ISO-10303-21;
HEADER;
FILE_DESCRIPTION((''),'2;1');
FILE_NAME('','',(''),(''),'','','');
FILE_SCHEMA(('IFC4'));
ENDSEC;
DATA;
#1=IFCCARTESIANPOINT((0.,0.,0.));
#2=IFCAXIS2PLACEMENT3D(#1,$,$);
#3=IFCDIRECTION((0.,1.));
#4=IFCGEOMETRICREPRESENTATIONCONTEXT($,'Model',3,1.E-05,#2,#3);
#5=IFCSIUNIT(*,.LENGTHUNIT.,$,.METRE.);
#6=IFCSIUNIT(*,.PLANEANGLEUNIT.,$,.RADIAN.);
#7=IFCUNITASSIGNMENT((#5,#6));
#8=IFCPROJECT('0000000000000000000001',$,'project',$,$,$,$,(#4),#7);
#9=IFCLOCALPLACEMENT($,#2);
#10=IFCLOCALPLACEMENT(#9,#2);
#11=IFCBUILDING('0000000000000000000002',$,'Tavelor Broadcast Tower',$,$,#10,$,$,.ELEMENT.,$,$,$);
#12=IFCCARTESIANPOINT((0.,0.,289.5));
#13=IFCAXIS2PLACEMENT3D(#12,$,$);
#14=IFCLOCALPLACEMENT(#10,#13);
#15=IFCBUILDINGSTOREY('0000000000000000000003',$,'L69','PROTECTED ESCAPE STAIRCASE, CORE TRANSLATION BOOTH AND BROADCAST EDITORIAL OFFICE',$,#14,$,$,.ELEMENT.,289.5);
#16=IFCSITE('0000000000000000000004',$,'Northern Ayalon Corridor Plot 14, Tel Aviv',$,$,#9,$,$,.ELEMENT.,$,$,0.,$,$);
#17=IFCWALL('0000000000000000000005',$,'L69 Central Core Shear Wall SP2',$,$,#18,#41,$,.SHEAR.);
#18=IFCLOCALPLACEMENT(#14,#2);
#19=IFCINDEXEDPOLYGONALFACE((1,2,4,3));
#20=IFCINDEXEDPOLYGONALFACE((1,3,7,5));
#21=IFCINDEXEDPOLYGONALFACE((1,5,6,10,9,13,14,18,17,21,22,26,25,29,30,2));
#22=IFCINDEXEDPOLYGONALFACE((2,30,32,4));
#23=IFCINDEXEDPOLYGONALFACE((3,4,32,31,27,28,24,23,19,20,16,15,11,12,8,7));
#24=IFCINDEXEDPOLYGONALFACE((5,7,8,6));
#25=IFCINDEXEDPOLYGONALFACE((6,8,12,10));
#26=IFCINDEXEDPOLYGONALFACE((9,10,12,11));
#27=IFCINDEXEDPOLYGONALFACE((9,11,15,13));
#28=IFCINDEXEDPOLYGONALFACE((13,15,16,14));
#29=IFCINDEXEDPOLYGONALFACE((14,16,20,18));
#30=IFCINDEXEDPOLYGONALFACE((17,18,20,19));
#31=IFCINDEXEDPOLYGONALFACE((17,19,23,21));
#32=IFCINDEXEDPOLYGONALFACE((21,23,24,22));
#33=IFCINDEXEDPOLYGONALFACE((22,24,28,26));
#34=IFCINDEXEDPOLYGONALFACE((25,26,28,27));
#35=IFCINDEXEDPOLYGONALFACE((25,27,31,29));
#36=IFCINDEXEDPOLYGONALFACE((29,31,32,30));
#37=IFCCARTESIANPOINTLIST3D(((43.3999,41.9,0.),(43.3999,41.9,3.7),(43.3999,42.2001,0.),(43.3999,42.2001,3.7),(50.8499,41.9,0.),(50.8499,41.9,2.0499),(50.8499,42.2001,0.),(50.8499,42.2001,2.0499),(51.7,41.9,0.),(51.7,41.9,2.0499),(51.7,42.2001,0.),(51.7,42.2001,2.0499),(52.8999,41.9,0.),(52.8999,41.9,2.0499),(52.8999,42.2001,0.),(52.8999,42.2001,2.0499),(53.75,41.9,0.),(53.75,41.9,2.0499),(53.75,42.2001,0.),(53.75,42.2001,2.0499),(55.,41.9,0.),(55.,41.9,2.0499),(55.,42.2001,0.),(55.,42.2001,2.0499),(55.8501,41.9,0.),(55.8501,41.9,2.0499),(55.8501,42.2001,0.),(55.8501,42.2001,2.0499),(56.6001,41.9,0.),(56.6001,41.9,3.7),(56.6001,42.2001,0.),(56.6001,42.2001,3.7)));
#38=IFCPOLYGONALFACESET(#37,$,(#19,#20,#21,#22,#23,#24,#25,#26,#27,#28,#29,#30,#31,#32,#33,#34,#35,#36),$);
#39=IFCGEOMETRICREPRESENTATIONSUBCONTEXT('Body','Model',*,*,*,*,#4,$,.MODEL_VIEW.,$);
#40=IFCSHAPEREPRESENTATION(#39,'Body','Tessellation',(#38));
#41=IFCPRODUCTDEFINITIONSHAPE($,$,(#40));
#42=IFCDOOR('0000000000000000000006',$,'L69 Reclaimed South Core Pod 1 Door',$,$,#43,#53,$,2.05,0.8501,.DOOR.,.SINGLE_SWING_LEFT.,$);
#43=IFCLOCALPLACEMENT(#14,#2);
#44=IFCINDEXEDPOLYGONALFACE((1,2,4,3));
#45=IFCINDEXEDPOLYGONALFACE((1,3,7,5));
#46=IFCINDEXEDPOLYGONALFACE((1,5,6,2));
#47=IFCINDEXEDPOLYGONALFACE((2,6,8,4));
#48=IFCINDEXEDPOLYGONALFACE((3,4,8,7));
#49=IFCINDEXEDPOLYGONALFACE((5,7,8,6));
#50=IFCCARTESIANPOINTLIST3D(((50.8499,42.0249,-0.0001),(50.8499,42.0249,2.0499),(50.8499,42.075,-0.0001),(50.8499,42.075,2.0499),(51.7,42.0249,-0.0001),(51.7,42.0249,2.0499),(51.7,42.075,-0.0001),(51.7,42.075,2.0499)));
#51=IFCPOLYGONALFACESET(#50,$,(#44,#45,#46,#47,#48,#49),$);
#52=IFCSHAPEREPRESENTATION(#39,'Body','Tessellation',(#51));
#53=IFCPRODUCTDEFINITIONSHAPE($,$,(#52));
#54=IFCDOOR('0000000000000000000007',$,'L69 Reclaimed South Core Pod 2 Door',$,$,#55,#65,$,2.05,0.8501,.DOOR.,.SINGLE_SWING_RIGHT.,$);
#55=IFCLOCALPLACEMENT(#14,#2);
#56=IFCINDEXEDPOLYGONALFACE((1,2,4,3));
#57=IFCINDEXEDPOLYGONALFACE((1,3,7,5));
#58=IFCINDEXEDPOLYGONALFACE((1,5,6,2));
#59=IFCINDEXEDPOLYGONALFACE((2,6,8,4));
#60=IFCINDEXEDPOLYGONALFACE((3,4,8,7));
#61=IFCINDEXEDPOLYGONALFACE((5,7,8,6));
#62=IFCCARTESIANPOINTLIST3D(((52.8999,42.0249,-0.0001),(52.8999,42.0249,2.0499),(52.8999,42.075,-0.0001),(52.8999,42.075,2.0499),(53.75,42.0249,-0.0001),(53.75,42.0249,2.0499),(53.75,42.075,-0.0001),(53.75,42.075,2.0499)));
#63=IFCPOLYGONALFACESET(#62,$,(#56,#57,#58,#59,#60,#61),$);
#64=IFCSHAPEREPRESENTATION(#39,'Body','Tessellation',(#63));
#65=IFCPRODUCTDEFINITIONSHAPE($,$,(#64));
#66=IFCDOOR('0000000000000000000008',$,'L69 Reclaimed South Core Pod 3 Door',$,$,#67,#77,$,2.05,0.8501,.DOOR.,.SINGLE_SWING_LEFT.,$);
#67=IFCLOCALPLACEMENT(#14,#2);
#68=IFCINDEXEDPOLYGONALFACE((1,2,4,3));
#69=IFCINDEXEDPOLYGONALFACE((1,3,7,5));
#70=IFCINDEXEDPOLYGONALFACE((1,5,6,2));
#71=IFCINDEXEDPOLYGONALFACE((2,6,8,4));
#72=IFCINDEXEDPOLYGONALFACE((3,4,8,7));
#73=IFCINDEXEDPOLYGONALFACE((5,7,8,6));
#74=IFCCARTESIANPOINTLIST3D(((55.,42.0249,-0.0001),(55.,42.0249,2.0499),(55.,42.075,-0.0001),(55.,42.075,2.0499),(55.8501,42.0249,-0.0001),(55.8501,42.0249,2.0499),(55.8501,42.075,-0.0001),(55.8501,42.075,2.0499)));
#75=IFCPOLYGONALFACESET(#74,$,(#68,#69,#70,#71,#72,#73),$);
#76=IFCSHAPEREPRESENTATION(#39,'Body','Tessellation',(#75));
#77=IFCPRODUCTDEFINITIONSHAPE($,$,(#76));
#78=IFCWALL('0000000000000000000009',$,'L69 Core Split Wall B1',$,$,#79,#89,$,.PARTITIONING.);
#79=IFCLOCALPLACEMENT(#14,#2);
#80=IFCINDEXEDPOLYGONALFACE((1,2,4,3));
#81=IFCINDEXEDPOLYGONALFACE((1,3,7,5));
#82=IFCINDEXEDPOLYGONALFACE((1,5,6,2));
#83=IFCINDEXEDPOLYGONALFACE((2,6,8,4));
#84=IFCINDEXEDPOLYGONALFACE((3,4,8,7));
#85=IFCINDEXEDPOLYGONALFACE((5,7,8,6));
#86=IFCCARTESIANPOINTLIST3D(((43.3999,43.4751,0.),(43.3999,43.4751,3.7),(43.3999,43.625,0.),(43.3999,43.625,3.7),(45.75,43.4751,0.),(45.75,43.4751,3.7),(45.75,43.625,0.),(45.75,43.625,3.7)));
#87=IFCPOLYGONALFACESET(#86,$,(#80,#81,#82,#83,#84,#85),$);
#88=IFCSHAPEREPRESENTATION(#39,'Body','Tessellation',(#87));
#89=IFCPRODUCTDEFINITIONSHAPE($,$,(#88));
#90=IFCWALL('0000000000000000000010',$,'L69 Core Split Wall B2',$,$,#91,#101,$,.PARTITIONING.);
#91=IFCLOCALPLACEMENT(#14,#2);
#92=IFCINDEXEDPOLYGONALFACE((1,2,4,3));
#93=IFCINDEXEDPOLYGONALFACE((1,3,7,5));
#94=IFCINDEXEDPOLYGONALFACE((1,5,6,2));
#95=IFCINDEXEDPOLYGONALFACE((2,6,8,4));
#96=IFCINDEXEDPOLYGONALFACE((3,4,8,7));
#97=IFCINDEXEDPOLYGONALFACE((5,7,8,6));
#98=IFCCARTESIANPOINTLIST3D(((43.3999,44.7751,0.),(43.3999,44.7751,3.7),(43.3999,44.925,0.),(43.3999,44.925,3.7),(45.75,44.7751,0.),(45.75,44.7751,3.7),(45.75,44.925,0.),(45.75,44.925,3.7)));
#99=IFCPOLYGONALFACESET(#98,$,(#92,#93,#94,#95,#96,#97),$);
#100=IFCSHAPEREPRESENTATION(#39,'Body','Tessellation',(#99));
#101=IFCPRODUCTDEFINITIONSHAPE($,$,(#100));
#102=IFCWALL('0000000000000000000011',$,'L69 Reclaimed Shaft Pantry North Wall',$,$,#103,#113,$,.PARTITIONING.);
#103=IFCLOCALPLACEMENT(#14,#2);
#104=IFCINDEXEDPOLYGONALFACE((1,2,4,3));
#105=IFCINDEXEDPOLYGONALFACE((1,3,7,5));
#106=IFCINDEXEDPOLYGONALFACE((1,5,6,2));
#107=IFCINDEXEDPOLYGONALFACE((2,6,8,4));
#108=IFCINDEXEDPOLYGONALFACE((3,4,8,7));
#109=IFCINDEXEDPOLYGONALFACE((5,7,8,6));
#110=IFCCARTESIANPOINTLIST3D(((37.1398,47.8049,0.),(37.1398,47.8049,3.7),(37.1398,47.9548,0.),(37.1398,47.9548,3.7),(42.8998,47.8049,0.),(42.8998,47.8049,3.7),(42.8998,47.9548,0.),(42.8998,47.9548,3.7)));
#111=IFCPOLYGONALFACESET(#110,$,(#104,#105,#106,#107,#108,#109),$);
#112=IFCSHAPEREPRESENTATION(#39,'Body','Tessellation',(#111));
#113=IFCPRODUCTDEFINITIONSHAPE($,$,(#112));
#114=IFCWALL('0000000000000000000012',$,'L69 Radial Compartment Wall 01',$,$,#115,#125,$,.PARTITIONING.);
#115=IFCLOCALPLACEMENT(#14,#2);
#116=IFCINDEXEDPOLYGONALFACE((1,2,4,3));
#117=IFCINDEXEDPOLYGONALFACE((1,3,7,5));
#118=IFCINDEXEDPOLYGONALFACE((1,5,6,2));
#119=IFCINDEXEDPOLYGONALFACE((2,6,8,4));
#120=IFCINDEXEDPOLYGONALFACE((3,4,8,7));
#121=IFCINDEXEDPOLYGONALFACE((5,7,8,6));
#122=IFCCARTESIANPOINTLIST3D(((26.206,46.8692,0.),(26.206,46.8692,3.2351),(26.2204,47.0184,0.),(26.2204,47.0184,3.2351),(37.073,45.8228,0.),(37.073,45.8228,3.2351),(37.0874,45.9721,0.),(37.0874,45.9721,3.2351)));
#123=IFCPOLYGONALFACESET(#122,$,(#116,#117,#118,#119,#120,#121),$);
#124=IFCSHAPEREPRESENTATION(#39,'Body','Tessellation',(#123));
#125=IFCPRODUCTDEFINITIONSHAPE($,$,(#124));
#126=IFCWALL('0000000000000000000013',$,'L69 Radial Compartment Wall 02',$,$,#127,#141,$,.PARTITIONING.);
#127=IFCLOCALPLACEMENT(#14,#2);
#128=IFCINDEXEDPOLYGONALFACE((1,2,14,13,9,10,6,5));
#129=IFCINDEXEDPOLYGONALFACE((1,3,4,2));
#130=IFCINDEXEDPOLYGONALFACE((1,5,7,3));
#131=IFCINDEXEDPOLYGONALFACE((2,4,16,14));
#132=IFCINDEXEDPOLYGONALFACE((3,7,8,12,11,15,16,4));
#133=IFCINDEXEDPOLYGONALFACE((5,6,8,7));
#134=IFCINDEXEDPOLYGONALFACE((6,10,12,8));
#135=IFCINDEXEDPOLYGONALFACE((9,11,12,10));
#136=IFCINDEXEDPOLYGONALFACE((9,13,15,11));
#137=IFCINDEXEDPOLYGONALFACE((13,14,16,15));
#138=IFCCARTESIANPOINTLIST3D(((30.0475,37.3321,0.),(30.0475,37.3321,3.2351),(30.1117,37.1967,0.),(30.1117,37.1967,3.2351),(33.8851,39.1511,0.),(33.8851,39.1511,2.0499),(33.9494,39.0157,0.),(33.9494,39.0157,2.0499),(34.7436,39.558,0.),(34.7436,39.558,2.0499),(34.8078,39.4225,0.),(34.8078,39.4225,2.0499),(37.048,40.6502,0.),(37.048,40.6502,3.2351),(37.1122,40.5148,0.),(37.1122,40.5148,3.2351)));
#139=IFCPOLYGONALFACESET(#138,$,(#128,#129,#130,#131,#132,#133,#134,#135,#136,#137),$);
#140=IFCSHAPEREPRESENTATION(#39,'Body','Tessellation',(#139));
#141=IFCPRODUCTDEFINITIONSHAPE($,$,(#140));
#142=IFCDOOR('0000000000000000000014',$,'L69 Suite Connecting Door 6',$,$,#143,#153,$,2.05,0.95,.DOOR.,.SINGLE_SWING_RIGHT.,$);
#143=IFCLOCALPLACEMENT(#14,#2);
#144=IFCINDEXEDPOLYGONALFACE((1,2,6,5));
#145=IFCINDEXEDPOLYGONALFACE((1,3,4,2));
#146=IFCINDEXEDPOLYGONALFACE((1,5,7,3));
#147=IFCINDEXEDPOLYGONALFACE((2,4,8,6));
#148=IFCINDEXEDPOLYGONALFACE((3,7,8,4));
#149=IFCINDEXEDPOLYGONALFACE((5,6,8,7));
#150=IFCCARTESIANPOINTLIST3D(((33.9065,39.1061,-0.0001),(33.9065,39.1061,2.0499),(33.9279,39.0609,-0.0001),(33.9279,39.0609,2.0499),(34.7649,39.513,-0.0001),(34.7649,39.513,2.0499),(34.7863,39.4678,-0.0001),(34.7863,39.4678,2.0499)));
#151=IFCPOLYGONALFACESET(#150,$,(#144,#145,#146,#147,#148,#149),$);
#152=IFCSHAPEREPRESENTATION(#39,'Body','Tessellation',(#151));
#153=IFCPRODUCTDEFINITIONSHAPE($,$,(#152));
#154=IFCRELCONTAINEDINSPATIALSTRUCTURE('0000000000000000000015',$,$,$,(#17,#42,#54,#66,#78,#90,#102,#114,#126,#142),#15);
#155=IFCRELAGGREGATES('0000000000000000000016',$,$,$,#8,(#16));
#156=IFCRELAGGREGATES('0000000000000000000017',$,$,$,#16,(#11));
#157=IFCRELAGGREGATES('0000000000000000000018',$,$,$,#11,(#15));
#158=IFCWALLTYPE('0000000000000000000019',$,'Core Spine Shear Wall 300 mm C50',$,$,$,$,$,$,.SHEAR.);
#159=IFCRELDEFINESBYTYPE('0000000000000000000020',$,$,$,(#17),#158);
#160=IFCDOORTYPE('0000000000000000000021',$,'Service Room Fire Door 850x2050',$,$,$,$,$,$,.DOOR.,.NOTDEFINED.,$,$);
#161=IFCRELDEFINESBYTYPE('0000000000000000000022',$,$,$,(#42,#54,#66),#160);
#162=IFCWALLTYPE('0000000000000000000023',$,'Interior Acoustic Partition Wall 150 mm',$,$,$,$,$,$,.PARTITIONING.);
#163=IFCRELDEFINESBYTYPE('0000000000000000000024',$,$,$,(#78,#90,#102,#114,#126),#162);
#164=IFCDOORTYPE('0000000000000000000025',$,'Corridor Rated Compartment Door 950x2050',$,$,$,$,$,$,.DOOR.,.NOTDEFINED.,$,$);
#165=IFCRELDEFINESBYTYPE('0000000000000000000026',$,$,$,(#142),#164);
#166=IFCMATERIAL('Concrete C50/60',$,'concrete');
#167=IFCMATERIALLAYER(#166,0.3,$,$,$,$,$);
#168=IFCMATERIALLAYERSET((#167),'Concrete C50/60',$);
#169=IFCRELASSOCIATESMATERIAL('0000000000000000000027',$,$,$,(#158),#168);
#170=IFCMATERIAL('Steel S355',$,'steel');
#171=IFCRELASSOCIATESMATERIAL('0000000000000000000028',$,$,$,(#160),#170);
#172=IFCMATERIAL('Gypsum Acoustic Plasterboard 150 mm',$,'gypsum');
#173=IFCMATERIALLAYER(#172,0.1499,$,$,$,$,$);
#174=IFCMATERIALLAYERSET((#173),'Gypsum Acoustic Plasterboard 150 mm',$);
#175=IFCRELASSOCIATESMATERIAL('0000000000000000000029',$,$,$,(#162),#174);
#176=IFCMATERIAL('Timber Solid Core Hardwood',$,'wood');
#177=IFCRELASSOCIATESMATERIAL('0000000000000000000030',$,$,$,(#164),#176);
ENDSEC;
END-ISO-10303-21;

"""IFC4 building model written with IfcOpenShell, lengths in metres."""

from ifc_helpers import new_model, si_unit, direction, frame, frame_2d, origin, place, context, subcontext, project, spatial, rectangle, extrude, material, layer, layer_set, type_object, element, fill, save


model = new_model("IFC4")

# Units and contexts
model_context = context("Model", 3, precision=1e-05, world=origin(), true_north=direction((0.0, 1.0)))
body_context = subcontext(model_context, "Body", "Model", "MODEL_VIEW")
ifc_project = project(units=[si_unit("LENGTHUNIT", "METRE"), si_unit("PLANEANGLEUNIT", "RADIAN")], contexts=[model_context])

# Site, building, storey
site_placement = place(None, origin())
site = spatial("IfcSite", under=ifc_project, at=site_placement, Name="Northern Ayalon Corridor Plot 14, Tel Aviv", CompositionType="ELEMENT", RefElevation=0.0)
building_placement = place(site_placement, origin())
building = spatial("IfcBuilding", under=site, at=building_placement, Name="Tavelor Broadcast Tower", CompositionType="ELEMENT")
storey_placement = place(building_placement, frame((0.0, 0.0, 289.5)))
storey = spatial("IfcBuildingStorey", under=building, at=storey_placement, Name="L69", Description="PROTECTED ESCAPE STAIRCASE, CORE TRANSLATION BOOTH AND BROADCAST EDITORIAL OFFICE", CompositionType="ELEMENT", Elevation=289.5)

# Shared definitions
ifc_material_1 = material(Name="Concrete C50/60", Category="concrete")

# Shared definitions
ifc_material_2 = material(Name="Steel S355", Category="steel")

# Wall, openings, doors
ifc_layer_1 = layer(ifc_material_1, 0.3)
ifc_layer_set_1 = layer_set([ifc_layer_1], Name="Concrete C50/60")
wall_type_1 = type_object("IfcWallType", Name="Core Spine Shear Wall 300 mm C50", PredefinedType="SHEAR", material=ifc_layer_set_1)
wall_1_placement = place(storey_placement, frame((43.3999, 42.05, 0.0), z_axis=(0.0, 0.0, 1.0), x_axis=(1.0, 0.0, 0.0)))
wall_1 = element("IfcWall", 1, at=wall_1_placement, inside=storey, type_object=wall_type_1, Name="L69 Central Core Shear Wall SP2", PredefinedType="SHEAR", context=body_context, shape_type="SweptSolid", body=[
    extrude(rectangle(XDim=13.2002, YDim=0.3, at=frame_2d((6.6001, 0.0))), origin(), (0.0, 0.0, 1.0), 3.7),
])
opening_1_placement = place(wall_1_placement, frame((7.45, 0.0, 0.0)))
opening_1 = element("IfcOpeningElement", 2, at=opening_1_placement, cuts=wall_1, PredefinedType="OPENING", context=body_context, shape_type="SweptSolid", body=[
    extrude(rectangle(XDim=0.8501, YDim=2.05, at=frame_2d((0.425, 1.0249))), frame((0.0, 0.1602, 0.0), z_axis=(0.0, -1.0, 0.0), x_axis=(1.0, 0.0, 0.0)), (0.0, 0.0, 1.0), 0.3201),
])
opening_2_placement = place(wall_1_placement, frame((9.5, 0.0, 0.0)))
opening_2 = element("IfcOpeningElement", 3, at=opening_2_placement, cuts=wall_1, PredefinedType="OPENING", context=body_context, shape_type="SweptSolid", body=[
    extrude(rectangle(XDim=0.8501, YDim=2.05, at=frame_2d((0.425, 1.0249))), frame((0.0, 0.1602, 0.0), z_axis=(0.0, -1.0, 0.0), x_axis=(1.0, 0.0, 0.0)), (0.0, 0.0, 1.0), 0.3201),
])
opening_3_placement = place(wall_1_placement, frame((11.6001, 0.0, 0.0)))
opening_3 = element("IfcOpeningElement", 4, at=opening_3_placement, cuts=wall_1, PredefinedType="OPENING", context=body_context, shape_type="SweptSolid", body=[
    extrude(rectangle(XDim=0.8501, YDim=2.05, at=frame_2d((0.425, 1.0249))), frame((0.0, 0.1602, 0.0), z_axis=(0.0, -1.0, 0.0), x_axis=(1.0, 0.0, 0.0)), (0.0, 0.0, 1.0), 0.3201),
])
door_type_1 = type_object("IfcDoorType", Name="Service Room Fire Door 850x2050", OperationType="NOTDEFINED", PredefinedType="DOOR", material=ifc_material_2)
door_1_placement = place(opening_1_placement, origin())
door_1 = element("IfcDoor", 5, at=door_1_placement, inside=storey, type_object=door_type_1, Name="L69 Reclaimed South Core Pod 1 Door", OperationType="SINGLE_SWING_LEFT", OverallHeight=2.05, OverallWidth=0.8501, PredefinedType="DOOR", context=body_context, shape_type="SweptSolid", body=[
    extrude(rectangle(XDim=0.8501, YDim=2.05, at=frame_2d((0.425, 1.0249))), frame((0.0, 0.0249, 0.0), z_axis=(0.0, -1.0, 0.0), x_axis=(1.0, 0.0, 0.0)), (0.0, 0.0, 1.0), 0.05),
])
fill(opening_1, door_1)
door_2_placement = place(opening_2_placement, origin())
door_2 = element("IfcDoor", 6, at=door_2_placement, inside=storey, type_object=door_type_1, Name="L69 Reclaimed South Core Pod 2 Door", OperationType="SINGLE_SWING_RIGHT", OverallHeight=2.05, OverallWidth=0.8501, PredefinedType="DOOR", context=body_context, shape_type="SweptSolid", body=[
    extrude(rectangle(XDim=0.8501, YDim=2.05, at=frame_2d((0.425, 1.0249))), frame((0.0, 0.0249, 0.0), z_axis=(0.0, -1.0, 0.0), x_axis=(1.0, 0.0, 0.0)), (0.0, 0.0, 1.0), 0.05),
])
fill(opening_2, door_2)
door_3_placement = place(opening_3_placement, origin())
door_3 = element("IfcDoor", 7, at=door_3_placement, inside=storey, type_object=door_type_1, Name="L69 Reclaimed South Core Pod 3 Door", OperationType="SINGLE_SWING_LEFT", OverallHeight=2.05, OverallWidth=0.8501, PredefinedType="DOOR", context=body_context, shape_type="SweptSolid", body=[
    extrude(rectangle(XDim=0.8501, YDim=2.05, at=frame_2d((0.425, 1.0249))), frame((0.0, 0.0249, 0.0), z_axis=(0.0, -1.0, 0.0), x_axis=(1.0, 0.0, 0.0)), (0.0, 0.0, 1.0), 0.05),
])
fill(opening_3, door_3)

# Walls
ifc_material_3 = material(Name="Gypsum Acoustic Plasterboard 150 mm", Category="gypsum")
ifc_layer_2 = layer(ifc_material_3, 0.1499)
ifc_layer_set_2 = layer_set([ifc_layer_2], Name="Gypsum Acoustic Plasterboard 150 mm")
wall_type_2 = type_object("IfcWallType", Name="Interior Acoustic Partition Wall 150 mm", PredefinedType="PARTITIONING", material=ifc_layer_set_2)
for number, where, z_axis, x_axis, name in (
    (8, (43.3999, 43.55, 0.0), (0.0, 0.0, 1.0), (1.0, 0.0, 0.0), "L69 Core Split Wall B1"),
    (9, (43.3999, 44.8501, 0.0), (0.0, 0.0, 1.0), (1.0, 0.0, 0.0), "L69 Core Split Wall B2"),
):
    element("IfcWall", number, at=place(storey_placement, frame(where, z_axis=z_axis, x_axis=x_axis)), inside=storey, type_object=wall_type_2, Name=name, PredefinedType="PARTITIONING", context=body_context, shape_type="SweptSolid", body=[
        extrude(rectangle(XDim=2.3501, YDim=0.1499, at=frame_2d((1.175, 0.0))), origin(), (0.0, 0.0, 1.0), 3.7),
    ])
wall_2_placement = place(storey_placement, frame((37.1399, 47.8799, 0.0), z_axis=(0.0, 0.0, 1.0), x_axis=(1.0, 0.0, 0.0)))
element("IfcWall", 10, at=wall_2_placement, inside=storey, type_object=wall_type_2, Name="L69 Reclaimed Shaft Pantry North Wall", PredefinedType="PARTITIONING", context=body_context, shape_type="SweptSolid", body=[
    extrude(rectangle(XDim=5.76, YDim=0.1499, at=frame_2d((2.8799, 0.0))), origin(), (0.0, 0.0, 1.0), 3.7),
])
wall_3_placement = place(storey_placement, frame((37.0801, 45.8975, 0.0), z_axis=(0.0, 0.0, 1.0), x_axis=(-0.995396, 0.095847, 0.0)))
element("IfcWall", 11, at=wall_3_placement, inside=storey, type_object=wall_type_2, Name="L69 Radial Compartment Wall 01", PredefinedType="PARTITIONING", context=body_context, shape_type="SweptSolid", body=[
    extrude(rectangle(XDim=10.9172, YDim=0.1499, at=frame_2d((5.4585, 0.0))), origin(), (0.0, 0.0, 1.0), 3.2351),
])

# Wall, opening, door
wall_4_placement = place(storey_placement, frame((37.0801, 40.5825, 0.0), z_axis=(0.0, 0.0, 1.0), x_axis=(-0.903633, -0.428307, 0.0)))
wall_4 = element("IfcWall", 12, at=wall_4_placement, inside=storey, type_object=wall_type_2, Name="L69 Radial Compartment Wall 02", PredefinedType="PARTITIONING", context=body_context, shape_type="SweptSolid", body=[
    extrude(rectangle(XDim=7.7471, YDim=0.1499, at=frame_2d((3.8735, 0.0))), origin(), (0.0, 0.0, 1.0), 3.2351),
])
opening_4_placement = place(wall_4_placement, frame((2.55, 0.0, 0.0)))
opening_4 = element("IfcOpeningElement", 13, at=opening_4_placement, cuts=wall_4, PredefinedType="OPENING", context=body_context, shape_type="SweptSolid", body=[
    extrude(rectangle(XDim=0.95, YDim=2.05, at=frame_2d((0.4751, 1.0249))), frame((0.0, 0.085, 0.0), z_axis=(0.0, -1.0, 0.0), x_axis=(1.0, 0.0, 0.0)), (0.0, 0.0, 1.0), 0.1699),
])
ifc_material_4 = material(Name="Timber Solid Core Hardwood", Category="wood")
door_type_2 = type_object("IfcDoorType", Name="Corridor Rated Compartment Door 950x2050", OperationType="NOTDEFINED", PredefinedType="DOOR", material=ifc_material_4)
door_4_placement = place(opening_4_placement, origin())
door_4 = element("IfcDoor", 14, at=door_4_placement, inside=storey, type_object=door_type_2, Name="L69 Suite Connecting Door 6", OperationType="SINGLE_SWING_RIGHT", OverallHeight=2.05, OverallWidth=0.95, PredefinedType="DOOR", context=body_context, shape_type="SweptSolid", body=[
    extrude(rectangle(XDim=0.95, YDim=2.05, at=frame_2d((0.4751, 1.0249))), frame((0.0, 0.0249, 0.0), z_axis=(0.0, -1.0, 0.0), x_axis=(1.0, 0.0, 0.0)), (0.0, 0.0, 1.0), 0.05),
])
fill(opening_4, door_4)

save(model, "model.ifc")
